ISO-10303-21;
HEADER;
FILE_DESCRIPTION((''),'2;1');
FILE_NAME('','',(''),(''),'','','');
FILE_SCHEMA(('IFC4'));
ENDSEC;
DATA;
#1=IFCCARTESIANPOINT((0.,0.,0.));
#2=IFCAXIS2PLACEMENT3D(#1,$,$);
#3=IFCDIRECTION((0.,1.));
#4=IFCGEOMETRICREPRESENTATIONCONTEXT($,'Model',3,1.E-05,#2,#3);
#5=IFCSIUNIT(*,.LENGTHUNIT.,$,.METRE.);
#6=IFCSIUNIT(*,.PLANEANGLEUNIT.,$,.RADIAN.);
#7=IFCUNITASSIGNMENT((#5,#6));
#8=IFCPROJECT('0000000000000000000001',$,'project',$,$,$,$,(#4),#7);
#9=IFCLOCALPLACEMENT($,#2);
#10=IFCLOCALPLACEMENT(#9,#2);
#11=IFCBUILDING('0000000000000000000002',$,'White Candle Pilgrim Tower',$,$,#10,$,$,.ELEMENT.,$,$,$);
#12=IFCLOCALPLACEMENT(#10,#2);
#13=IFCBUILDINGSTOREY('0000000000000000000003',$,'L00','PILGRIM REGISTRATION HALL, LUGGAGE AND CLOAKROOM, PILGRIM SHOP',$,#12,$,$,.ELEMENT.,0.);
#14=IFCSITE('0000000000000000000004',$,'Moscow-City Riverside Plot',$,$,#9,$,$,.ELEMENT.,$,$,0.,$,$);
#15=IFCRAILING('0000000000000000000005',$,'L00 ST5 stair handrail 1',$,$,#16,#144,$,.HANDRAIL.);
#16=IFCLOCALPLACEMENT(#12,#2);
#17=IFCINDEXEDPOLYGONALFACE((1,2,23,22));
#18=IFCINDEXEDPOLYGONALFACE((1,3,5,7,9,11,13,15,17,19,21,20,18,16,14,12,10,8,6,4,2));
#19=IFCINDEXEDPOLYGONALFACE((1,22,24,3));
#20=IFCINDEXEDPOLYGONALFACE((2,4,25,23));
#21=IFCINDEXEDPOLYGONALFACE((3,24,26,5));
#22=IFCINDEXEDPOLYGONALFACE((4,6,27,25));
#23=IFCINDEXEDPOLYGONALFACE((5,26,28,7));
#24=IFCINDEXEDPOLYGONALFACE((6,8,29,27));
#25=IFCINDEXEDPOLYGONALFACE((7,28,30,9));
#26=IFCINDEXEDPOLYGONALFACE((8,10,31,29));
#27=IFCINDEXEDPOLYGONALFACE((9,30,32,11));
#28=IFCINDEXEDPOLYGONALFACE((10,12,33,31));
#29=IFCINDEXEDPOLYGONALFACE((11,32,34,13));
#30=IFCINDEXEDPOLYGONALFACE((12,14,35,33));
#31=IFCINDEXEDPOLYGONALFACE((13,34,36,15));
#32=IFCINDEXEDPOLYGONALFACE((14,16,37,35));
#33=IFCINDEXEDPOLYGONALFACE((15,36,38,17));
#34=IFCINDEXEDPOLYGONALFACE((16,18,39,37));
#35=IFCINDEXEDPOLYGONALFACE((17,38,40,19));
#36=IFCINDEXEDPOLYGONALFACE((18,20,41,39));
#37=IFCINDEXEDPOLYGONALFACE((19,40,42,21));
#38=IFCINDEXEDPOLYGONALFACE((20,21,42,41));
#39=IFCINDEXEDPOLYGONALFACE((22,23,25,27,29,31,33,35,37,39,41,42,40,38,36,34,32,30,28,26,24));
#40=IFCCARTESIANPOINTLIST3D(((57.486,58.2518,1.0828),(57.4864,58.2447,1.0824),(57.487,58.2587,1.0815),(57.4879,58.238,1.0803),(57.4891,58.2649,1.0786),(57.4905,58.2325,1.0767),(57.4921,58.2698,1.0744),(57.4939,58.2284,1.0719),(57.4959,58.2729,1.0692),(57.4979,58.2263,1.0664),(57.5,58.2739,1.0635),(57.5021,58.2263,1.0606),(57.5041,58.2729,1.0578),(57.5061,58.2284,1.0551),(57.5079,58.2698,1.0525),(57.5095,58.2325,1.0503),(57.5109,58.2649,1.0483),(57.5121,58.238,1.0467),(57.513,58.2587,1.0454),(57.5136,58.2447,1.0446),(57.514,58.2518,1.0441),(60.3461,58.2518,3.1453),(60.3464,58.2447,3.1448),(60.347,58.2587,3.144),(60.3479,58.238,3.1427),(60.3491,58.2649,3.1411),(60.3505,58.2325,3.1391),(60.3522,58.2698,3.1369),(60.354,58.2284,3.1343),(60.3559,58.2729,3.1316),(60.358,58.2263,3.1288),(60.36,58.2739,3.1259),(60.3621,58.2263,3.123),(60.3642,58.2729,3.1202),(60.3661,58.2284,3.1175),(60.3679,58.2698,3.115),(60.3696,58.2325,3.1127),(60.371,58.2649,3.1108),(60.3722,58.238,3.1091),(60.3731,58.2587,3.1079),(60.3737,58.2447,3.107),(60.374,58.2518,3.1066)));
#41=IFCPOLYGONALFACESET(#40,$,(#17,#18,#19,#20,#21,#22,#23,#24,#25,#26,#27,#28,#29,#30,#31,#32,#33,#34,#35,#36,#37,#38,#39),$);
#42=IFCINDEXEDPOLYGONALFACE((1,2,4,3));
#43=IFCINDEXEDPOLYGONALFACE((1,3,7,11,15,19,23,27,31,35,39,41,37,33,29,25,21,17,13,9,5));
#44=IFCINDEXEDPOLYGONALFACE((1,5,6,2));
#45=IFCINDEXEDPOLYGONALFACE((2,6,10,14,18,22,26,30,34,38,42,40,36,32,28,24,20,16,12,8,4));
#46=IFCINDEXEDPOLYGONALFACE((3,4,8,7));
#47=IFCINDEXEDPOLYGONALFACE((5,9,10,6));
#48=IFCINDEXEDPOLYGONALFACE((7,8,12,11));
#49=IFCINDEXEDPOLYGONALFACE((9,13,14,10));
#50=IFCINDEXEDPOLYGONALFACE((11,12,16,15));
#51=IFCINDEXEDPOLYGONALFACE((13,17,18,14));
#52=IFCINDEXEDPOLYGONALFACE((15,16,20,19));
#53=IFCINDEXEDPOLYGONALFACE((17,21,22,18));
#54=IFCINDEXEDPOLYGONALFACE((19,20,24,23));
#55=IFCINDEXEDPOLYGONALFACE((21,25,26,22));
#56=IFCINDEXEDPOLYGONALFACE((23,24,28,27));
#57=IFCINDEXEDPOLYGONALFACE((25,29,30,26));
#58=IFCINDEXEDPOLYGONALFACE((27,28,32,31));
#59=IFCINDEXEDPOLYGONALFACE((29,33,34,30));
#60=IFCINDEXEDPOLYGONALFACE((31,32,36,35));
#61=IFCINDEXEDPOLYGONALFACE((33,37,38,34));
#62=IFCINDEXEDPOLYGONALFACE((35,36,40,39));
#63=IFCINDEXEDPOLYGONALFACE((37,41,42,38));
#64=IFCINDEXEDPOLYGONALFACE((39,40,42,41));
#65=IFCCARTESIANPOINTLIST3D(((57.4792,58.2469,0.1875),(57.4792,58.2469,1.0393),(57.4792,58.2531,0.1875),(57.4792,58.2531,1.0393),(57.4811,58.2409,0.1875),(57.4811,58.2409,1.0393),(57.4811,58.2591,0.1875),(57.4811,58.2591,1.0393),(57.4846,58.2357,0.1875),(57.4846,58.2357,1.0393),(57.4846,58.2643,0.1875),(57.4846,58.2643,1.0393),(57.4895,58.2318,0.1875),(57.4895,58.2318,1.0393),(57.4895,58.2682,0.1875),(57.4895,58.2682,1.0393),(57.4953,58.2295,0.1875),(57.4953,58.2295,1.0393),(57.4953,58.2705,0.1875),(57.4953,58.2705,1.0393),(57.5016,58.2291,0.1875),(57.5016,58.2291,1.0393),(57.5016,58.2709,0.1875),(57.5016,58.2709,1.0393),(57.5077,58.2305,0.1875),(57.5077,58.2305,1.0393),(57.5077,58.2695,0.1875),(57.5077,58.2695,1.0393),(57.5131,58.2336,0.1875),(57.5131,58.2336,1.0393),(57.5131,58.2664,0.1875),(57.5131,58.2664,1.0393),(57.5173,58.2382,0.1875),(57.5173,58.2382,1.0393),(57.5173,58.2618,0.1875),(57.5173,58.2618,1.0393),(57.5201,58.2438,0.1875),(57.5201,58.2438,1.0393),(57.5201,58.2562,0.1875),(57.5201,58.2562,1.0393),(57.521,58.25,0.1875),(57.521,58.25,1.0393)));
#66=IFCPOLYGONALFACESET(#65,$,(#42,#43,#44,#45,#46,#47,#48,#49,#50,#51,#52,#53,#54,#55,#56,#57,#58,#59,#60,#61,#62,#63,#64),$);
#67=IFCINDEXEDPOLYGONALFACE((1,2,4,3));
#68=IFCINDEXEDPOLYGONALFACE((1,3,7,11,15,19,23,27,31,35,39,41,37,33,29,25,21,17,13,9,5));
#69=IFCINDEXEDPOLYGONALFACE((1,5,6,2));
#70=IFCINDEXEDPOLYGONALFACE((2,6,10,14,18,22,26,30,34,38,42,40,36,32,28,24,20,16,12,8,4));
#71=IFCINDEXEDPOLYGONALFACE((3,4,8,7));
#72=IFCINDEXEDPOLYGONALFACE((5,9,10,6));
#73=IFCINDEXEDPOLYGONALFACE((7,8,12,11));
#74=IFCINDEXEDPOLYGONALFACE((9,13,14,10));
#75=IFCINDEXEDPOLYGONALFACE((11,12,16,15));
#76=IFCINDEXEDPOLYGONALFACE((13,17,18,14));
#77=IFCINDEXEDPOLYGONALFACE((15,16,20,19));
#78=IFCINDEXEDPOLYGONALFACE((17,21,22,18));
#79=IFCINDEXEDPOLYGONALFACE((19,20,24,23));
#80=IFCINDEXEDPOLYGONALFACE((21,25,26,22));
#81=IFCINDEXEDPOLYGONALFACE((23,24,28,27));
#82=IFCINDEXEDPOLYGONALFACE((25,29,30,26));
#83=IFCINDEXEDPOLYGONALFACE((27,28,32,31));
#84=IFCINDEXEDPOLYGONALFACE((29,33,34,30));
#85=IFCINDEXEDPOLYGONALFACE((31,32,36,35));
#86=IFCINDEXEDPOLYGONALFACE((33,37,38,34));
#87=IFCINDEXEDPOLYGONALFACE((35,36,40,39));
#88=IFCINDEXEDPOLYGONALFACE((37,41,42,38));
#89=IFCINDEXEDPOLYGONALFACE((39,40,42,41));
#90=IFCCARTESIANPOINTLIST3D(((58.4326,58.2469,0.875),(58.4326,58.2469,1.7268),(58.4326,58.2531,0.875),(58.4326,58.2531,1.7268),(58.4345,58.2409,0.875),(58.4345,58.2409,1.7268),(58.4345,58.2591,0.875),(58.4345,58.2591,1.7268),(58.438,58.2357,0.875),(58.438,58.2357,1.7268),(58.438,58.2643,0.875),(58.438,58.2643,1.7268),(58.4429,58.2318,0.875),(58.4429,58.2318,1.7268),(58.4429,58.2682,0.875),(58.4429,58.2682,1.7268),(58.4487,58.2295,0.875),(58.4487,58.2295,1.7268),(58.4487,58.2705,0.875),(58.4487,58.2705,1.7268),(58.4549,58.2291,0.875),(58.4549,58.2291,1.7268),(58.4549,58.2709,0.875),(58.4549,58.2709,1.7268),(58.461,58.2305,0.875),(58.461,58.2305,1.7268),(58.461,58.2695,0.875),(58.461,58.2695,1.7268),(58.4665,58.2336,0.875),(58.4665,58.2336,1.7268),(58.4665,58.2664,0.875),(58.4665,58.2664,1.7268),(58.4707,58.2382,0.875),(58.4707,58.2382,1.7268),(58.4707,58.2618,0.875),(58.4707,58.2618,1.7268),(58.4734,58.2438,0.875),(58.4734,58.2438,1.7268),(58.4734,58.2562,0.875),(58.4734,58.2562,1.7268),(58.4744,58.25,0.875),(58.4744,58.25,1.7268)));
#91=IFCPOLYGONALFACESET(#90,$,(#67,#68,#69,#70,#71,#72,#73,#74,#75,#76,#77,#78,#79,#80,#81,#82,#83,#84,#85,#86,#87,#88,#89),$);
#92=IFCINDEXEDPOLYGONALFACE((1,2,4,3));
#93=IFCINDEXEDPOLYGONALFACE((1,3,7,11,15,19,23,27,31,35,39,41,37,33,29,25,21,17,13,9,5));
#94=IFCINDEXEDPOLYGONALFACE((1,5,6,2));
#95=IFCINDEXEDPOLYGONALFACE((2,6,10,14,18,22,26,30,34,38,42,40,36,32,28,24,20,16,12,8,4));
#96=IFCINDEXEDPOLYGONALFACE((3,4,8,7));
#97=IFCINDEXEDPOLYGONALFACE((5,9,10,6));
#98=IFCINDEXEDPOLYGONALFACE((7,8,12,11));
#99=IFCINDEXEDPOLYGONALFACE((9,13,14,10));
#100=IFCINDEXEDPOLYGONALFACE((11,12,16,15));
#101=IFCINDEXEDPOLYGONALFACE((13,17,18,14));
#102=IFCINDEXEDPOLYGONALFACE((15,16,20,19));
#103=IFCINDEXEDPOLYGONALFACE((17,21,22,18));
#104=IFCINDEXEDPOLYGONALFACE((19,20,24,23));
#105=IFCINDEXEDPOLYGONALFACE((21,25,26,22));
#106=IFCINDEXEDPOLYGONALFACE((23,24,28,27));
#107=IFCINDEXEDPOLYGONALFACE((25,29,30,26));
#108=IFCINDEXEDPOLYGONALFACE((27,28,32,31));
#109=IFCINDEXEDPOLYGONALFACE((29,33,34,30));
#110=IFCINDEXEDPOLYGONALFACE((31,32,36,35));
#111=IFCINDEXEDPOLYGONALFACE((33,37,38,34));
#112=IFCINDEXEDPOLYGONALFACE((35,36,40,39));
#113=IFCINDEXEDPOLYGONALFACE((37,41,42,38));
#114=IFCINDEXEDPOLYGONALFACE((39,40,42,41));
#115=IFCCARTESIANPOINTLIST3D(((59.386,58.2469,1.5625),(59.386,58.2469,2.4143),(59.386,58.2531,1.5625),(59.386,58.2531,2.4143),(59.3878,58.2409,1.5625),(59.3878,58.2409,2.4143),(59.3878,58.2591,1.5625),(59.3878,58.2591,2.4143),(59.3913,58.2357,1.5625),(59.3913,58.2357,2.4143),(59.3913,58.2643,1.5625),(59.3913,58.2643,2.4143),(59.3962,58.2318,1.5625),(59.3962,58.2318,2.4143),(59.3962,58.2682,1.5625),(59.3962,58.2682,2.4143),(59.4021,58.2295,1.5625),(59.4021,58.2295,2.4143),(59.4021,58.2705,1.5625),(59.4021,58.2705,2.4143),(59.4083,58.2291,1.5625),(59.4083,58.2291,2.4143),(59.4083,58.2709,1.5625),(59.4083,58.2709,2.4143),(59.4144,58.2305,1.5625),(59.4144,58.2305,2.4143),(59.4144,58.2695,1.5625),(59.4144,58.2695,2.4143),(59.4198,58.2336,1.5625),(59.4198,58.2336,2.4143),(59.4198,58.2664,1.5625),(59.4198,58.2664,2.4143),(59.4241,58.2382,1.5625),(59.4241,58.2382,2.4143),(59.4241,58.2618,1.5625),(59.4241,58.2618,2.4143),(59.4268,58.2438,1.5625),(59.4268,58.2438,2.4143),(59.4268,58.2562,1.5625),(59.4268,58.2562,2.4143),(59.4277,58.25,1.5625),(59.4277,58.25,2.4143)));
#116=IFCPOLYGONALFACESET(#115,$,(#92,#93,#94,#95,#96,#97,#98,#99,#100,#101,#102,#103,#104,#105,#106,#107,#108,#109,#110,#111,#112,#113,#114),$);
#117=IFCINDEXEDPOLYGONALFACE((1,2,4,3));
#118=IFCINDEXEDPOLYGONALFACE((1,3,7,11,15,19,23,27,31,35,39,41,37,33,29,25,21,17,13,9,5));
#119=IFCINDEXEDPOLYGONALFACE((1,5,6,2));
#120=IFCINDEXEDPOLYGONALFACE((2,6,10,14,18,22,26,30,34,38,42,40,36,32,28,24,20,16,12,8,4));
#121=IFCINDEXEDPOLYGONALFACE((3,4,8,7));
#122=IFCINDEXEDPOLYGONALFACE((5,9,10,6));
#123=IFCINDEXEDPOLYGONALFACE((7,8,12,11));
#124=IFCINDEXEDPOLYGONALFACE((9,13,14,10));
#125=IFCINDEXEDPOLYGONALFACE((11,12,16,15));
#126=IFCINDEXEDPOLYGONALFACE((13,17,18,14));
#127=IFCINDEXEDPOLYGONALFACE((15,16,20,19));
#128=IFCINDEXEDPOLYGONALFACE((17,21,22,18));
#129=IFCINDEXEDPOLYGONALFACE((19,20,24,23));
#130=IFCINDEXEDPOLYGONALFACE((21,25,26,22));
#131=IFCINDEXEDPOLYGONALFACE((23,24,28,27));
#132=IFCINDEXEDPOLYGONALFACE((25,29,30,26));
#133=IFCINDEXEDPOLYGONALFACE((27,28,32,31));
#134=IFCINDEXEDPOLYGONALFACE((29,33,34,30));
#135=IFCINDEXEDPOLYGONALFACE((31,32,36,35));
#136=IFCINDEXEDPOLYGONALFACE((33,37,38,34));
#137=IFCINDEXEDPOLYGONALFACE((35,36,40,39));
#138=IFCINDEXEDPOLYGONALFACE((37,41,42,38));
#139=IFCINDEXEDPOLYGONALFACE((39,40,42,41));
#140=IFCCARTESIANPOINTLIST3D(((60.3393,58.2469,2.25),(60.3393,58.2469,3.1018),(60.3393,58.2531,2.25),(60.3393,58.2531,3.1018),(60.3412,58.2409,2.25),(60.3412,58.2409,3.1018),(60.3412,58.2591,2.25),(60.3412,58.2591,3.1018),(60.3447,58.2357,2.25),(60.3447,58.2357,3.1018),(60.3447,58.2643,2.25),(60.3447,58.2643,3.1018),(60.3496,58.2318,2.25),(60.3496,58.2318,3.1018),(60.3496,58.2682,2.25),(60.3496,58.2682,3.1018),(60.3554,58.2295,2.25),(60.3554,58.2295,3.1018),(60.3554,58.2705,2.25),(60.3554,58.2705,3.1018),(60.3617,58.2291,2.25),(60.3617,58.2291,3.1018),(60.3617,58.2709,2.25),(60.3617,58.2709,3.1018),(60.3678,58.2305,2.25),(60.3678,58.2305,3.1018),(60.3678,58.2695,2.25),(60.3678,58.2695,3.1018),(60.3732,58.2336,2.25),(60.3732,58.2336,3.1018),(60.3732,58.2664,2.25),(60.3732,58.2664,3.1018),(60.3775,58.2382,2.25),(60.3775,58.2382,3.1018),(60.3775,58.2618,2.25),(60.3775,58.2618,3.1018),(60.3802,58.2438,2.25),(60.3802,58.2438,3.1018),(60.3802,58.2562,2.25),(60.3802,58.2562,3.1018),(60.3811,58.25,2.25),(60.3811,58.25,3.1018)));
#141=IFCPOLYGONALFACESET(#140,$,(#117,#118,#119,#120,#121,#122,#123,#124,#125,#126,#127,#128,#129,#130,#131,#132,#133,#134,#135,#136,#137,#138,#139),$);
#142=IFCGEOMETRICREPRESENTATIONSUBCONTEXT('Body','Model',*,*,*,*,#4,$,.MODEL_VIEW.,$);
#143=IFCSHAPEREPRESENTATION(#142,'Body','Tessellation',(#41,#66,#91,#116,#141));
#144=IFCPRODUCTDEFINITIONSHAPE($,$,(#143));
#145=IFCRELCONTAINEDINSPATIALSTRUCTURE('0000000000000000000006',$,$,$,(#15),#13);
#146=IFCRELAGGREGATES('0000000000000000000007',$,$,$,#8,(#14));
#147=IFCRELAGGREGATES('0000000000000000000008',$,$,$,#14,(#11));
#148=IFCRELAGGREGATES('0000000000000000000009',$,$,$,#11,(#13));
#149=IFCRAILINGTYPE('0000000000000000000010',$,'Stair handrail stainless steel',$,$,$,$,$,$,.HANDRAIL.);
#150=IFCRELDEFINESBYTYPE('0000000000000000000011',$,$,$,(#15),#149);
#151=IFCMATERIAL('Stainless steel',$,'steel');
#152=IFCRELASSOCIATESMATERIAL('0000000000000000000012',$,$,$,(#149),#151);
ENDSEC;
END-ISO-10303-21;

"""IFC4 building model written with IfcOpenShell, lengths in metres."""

from ifc_helpers import new_model, si_unit, direction, frame, origin, origin_2d, place, context, subcontext, project, spatial, circle, extrude, material, type_object, element, save


model = new_model("IFC4")

# Units and contexts
model_context = context("Model", 3, precision=1e-05, world=origin(), true_north=direction((0.0, 1.0)))
body_context = subcontext(model_context, "Body", "Model", "MODEL_VIEW")
ifc_project = project(units=[si_unit("LENGTHUNIT", "METRE"), si_unit("PLANEANGLEUNIT", "RADIAN")], contexts=[model_context])

# Site, building, storey
site_placement = place(None, origin())
site = spatial("IfcSite", under=ifc_project, at=site_placement, Name="Moscow-City Riverside Plot", CompositionType="ELEMENT", RefElevation=0.0)
building_placement = place(site_placement, origin())
building = spatial("IfcBuilding", under=site, at=building_placement, Name="White Candle Pilgrim Tower", CompositionType="ELEMENT")
storey_placement = place(building_placement, origin())
storey = spatial("IfcBuildingStorey", under=building, at=storey_placement, Name="L00", Description="PILGRIM REGISTRATION HALL, LUGGAGE AND CLOAKROOM, PILGRIM SHOP", CompositionType="ELEMENT", Elevation=0.0)

# Railing
ifc_material_1 = material(Name="Stainless steel", Category="steel")
railing_type_1 = type_object("IfcRailingType", Name="Stair handrail stainless steel", PredefinedType="HANDRAIL", material=ifc_material_1)
railing_1_placement = place(storey_placement, frame((57.5, 58.25, 0.1875)))
element("IfcRailing", 1, at=railing_1_placement, inside=storey, type_object=railing_type_1, Name="L00 ST5 stair handrail 1", PredefinedType="HANDRAIL", context=body_context, shape_type="SweptSolid", body=[
    extrude(circle(Radius=0.0239, at=origin_2d()), frame((0.0, 0.0, 0.876), z_axis=(0.811101, 0.0, 0.584906), x_axis=(0.0, 1.0, 0.0)), (0.0, 0.0, 1.0), 3.5261),
    extrude(circle(Radius=0.021, at=origin_2d()), origin(), (0.0, 0.0, 1.0), 0.8518),
    extrude(circle(Radius=0.021, at=origin_2d()), frame((0.9534, 0.0, 0.6875)), (0.0, 0.0, 1.0), 0.8518),
    extrude(circle(Radius=0.021, at=origin_2d()), frame((1.9067, 0.0, 1.375)), (0.0, 0.0, 1.0), 0.8518),
    extrude(circle(Radius=0.021, at=origin_2d()), frame((2.8601, 0.0, 2.0625)), (0.0, 0.0, 1.0), 0.8518),
])

save(model, "model.ifc")
